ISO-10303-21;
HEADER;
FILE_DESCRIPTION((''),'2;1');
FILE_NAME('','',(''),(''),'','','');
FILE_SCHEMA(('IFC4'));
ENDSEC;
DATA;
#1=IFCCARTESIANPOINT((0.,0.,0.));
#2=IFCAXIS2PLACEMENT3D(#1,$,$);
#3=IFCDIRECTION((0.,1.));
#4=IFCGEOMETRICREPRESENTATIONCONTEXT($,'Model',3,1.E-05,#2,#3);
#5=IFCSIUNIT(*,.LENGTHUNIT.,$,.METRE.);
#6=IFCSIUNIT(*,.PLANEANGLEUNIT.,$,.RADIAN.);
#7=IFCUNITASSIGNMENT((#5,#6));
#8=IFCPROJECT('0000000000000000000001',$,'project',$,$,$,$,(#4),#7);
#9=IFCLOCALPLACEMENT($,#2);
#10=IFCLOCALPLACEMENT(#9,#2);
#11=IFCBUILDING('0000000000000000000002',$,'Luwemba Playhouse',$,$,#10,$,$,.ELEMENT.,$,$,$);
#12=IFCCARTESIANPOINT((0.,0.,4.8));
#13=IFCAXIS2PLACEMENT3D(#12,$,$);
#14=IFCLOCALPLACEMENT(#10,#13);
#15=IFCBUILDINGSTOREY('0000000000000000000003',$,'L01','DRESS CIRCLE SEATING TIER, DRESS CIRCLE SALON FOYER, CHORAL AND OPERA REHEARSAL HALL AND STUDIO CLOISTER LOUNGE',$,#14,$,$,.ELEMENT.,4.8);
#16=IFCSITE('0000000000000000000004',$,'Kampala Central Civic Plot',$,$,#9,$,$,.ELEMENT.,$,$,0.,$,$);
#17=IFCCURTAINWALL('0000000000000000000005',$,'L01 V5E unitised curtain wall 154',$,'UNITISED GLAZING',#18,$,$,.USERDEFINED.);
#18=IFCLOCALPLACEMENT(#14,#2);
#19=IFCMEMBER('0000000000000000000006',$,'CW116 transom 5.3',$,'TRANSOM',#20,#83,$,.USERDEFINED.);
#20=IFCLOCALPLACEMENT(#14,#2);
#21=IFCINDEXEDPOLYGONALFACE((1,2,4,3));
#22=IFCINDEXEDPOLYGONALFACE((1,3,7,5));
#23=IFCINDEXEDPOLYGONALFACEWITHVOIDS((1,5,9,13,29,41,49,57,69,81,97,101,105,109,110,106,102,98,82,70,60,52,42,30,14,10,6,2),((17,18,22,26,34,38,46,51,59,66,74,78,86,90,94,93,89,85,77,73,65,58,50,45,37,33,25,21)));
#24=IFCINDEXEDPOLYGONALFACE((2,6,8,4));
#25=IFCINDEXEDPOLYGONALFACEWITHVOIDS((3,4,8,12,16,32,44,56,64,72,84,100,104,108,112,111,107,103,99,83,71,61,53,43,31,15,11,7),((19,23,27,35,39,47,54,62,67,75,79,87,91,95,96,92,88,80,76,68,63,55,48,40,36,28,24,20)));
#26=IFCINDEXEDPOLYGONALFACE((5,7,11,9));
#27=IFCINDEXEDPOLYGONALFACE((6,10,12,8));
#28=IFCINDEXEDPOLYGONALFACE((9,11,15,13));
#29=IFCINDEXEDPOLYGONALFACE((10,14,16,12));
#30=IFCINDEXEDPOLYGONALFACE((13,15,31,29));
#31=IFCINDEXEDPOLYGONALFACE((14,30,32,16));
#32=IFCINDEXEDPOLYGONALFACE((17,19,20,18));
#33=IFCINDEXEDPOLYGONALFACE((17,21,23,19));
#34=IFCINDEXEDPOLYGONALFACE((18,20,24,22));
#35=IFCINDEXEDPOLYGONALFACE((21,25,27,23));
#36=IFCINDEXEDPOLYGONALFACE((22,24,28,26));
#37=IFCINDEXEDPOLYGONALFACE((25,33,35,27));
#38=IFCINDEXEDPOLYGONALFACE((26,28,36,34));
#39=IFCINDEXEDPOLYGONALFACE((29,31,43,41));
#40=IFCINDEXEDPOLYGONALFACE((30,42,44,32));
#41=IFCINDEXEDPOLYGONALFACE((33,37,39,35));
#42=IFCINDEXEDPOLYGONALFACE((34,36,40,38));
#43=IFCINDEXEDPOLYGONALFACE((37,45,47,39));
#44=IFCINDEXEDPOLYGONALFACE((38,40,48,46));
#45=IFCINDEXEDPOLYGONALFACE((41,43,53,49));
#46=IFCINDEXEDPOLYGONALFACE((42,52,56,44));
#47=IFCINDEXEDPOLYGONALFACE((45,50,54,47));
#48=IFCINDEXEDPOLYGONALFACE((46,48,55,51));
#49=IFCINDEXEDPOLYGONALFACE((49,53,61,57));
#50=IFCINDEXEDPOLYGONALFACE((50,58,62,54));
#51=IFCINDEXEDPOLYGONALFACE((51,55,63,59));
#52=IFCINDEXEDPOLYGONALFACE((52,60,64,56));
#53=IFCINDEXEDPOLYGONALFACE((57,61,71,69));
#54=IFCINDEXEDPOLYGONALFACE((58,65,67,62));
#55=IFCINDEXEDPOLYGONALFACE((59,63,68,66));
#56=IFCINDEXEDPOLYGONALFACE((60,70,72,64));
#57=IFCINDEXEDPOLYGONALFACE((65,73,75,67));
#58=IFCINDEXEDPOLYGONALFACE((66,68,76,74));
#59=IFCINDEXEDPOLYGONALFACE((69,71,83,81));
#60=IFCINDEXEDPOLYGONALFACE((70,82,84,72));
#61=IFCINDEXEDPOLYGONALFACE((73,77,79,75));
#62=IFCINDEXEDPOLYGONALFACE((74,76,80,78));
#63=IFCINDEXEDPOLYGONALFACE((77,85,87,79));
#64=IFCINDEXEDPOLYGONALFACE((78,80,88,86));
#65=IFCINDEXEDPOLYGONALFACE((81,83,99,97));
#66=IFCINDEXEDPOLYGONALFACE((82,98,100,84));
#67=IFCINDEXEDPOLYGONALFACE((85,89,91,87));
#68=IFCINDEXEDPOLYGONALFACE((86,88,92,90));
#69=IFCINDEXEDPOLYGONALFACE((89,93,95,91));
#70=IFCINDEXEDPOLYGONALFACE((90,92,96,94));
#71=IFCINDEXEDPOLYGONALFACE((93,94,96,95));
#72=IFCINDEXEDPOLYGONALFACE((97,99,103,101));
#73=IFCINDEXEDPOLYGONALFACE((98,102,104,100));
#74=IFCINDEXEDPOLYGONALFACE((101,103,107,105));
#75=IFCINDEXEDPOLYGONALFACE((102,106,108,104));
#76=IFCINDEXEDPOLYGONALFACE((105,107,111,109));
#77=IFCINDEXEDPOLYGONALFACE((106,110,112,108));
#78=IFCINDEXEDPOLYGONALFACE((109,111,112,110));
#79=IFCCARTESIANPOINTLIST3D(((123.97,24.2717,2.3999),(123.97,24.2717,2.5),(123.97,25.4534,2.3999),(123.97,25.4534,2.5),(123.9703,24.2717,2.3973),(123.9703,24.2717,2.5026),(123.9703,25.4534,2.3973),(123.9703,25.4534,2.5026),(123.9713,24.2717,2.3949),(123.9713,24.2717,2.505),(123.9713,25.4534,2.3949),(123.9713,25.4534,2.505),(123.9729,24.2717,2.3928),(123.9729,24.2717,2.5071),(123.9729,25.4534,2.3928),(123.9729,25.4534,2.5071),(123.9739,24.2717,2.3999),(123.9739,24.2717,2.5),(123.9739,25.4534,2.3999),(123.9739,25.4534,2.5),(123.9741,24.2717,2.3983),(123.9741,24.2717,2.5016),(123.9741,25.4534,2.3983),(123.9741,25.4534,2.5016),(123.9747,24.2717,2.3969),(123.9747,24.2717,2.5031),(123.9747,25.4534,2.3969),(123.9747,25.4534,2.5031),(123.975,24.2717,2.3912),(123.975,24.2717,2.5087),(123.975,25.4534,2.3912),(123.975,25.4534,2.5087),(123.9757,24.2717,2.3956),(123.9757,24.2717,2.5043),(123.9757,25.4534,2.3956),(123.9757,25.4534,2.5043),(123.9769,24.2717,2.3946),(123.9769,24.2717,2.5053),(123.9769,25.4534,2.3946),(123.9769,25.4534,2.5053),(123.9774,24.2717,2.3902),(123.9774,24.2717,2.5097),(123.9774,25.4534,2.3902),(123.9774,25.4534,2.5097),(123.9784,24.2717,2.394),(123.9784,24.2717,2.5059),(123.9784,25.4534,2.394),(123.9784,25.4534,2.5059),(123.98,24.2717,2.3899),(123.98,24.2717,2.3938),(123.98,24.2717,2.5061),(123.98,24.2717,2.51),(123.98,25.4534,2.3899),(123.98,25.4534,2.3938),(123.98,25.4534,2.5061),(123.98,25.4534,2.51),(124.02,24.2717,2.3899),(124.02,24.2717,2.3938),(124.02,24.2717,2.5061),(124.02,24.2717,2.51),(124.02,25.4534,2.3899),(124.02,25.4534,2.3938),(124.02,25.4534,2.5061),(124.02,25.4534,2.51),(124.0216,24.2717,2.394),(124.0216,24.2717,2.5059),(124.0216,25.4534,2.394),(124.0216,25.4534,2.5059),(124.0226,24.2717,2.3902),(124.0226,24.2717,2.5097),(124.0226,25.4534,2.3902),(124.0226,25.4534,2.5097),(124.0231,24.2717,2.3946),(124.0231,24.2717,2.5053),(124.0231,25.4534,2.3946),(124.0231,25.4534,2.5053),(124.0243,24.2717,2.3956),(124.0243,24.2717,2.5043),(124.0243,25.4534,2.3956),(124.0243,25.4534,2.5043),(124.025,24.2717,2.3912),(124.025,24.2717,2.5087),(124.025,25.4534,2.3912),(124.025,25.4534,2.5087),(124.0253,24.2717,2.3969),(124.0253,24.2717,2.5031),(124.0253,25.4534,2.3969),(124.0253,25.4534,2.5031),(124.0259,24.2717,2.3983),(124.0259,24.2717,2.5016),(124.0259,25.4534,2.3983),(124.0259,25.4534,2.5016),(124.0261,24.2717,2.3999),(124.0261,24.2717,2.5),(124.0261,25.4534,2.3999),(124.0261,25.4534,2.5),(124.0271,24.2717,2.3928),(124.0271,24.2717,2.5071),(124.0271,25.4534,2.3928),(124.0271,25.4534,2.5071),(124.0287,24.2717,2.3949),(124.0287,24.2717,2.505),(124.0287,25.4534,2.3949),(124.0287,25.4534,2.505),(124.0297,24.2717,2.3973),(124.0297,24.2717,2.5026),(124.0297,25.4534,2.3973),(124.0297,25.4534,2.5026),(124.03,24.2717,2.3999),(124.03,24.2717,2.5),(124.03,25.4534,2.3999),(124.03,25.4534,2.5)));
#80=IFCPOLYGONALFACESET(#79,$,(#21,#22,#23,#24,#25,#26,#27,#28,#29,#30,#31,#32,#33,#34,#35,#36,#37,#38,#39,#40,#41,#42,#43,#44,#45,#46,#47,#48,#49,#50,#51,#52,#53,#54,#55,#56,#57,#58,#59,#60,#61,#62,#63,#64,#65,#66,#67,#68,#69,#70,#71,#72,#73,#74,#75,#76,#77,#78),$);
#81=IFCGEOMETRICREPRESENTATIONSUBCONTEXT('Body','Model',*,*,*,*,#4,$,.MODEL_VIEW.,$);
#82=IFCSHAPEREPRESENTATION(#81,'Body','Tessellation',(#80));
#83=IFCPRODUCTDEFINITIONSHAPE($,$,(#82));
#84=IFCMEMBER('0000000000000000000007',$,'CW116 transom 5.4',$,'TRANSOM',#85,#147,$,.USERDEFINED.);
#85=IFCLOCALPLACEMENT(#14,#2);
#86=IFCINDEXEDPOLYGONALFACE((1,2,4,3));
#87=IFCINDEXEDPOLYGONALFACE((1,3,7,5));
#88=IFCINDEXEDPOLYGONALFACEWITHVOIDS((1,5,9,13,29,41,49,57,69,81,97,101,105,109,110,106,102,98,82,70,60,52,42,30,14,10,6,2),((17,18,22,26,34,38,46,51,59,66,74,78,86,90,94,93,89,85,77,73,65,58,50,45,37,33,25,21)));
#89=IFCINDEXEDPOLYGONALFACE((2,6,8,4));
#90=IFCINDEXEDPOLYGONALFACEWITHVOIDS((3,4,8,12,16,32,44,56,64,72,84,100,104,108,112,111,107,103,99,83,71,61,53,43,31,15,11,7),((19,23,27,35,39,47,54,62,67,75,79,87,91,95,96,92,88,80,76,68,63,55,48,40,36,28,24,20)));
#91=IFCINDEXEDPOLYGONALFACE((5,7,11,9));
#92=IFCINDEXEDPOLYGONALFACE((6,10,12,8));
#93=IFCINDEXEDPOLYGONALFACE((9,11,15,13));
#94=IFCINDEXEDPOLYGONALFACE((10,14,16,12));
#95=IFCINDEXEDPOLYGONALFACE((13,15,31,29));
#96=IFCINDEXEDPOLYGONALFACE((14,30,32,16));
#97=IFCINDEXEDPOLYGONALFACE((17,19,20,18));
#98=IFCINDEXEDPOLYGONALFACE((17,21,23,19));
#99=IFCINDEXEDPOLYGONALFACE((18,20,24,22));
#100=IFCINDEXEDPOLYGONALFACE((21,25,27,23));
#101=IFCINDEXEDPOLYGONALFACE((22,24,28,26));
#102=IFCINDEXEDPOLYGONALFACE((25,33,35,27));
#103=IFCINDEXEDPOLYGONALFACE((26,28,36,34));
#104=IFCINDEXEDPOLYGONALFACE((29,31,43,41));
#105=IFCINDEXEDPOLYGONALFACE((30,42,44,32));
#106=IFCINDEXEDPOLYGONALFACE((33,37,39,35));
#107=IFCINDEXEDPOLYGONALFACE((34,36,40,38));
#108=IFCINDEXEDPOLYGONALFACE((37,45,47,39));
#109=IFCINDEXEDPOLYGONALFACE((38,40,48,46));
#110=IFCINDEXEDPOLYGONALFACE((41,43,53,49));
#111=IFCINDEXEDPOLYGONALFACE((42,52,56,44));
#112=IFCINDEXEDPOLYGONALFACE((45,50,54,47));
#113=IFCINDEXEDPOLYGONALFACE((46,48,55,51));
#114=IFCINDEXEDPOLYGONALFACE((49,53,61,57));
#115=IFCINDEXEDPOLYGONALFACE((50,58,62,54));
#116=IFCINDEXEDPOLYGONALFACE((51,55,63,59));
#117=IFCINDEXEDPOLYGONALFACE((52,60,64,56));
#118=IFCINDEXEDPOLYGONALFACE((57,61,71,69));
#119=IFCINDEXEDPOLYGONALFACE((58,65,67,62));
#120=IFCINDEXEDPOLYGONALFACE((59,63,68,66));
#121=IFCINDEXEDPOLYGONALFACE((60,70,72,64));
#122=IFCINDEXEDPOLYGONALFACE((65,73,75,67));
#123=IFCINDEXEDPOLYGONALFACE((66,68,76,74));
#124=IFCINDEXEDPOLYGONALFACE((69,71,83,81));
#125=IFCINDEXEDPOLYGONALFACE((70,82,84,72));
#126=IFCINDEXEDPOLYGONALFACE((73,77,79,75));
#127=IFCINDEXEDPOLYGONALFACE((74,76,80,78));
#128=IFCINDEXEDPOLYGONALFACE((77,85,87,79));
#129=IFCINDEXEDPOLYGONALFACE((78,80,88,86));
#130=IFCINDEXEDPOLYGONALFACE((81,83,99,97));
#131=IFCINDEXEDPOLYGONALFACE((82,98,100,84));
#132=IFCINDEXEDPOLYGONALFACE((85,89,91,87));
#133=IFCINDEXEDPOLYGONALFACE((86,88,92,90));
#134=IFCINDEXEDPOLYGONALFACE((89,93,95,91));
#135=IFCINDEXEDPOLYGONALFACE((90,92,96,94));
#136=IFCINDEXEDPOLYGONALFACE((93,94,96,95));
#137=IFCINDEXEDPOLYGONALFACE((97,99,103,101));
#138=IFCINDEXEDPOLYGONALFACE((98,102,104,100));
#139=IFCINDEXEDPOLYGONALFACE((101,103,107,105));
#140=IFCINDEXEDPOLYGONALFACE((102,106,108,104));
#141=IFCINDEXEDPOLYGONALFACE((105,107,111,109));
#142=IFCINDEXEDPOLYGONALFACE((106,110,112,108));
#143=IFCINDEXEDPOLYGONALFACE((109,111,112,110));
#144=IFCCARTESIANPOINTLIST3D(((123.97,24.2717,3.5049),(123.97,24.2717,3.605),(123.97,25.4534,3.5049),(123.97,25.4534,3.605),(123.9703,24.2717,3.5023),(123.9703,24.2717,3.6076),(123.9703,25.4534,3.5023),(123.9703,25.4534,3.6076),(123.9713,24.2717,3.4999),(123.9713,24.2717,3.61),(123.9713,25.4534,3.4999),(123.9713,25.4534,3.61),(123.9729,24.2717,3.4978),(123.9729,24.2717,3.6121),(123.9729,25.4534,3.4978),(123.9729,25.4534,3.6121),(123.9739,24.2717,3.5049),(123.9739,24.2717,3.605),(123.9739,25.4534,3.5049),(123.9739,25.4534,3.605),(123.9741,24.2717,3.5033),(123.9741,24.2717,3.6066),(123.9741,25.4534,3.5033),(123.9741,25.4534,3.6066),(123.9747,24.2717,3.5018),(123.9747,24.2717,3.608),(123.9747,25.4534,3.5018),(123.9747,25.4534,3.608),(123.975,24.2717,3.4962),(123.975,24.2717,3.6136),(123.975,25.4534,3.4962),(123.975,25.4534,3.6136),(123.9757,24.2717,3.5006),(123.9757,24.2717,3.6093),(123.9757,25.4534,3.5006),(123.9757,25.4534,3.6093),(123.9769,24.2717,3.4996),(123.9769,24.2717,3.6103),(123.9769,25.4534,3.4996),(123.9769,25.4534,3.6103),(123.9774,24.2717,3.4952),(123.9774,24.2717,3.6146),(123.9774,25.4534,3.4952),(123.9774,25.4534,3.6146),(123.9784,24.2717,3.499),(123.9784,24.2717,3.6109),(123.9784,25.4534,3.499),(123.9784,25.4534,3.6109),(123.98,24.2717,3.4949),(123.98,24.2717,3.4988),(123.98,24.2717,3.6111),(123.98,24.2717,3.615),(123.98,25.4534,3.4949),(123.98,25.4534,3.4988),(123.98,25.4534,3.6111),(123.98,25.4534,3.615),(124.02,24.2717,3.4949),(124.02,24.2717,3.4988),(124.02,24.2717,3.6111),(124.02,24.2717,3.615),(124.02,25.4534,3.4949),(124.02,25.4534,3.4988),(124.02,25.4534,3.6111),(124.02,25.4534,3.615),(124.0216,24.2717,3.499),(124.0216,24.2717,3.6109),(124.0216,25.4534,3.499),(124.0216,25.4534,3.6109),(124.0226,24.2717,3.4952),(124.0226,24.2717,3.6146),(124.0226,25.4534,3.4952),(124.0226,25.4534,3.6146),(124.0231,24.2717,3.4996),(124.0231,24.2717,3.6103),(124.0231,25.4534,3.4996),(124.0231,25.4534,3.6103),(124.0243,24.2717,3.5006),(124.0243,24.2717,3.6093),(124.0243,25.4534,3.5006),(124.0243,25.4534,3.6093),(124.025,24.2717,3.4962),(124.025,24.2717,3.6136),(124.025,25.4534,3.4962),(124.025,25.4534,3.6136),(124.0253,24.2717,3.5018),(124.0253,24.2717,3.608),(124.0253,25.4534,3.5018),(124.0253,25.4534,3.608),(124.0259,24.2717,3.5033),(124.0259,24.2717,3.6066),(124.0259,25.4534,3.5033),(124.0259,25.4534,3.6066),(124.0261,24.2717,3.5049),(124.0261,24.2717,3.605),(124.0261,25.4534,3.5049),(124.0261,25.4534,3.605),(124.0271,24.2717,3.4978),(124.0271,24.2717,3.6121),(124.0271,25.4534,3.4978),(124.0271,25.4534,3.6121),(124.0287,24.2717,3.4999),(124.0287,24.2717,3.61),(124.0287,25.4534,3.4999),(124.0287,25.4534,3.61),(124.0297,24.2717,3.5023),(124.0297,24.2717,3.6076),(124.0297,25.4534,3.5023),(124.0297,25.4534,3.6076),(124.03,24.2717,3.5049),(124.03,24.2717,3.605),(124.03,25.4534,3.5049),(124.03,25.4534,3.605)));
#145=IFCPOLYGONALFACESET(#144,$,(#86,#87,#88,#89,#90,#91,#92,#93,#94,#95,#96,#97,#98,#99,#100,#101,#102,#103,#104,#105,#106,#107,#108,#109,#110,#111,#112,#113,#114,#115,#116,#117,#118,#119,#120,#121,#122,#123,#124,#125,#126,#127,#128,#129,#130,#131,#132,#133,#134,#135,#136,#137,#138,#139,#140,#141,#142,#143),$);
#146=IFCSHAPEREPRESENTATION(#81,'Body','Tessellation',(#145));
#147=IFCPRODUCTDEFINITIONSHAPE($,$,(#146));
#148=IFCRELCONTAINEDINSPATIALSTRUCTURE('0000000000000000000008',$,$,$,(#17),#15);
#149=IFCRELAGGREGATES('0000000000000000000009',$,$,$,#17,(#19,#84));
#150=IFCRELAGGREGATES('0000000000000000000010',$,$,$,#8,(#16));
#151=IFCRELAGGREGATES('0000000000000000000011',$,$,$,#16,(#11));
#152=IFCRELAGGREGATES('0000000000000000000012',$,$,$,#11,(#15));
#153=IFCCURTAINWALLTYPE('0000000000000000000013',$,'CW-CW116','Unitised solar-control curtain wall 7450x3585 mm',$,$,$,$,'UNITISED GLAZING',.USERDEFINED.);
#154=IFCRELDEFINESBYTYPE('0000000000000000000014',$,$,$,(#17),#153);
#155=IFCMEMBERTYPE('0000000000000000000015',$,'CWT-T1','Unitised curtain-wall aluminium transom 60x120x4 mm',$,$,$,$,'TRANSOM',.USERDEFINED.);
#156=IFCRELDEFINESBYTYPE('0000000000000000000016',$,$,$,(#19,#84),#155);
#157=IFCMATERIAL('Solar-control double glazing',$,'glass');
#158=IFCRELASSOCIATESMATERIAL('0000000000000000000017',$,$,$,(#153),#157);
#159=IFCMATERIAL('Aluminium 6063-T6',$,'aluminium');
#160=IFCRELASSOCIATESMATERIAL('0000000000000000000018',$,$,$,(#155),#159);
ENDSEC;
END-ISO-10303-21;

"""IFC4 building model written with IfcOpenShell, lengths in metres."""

from ifc_helpers import new_model, si_unit, direction, frame, origin, origin_2d, place, context, subcontext, project, spatial, hollow_rectangle, extrude, material, material_profile, profile_set, type_object, element, aggregate, save


model = new_model("IFC4")

# Units and contexts
model_context = context("Model", 3, precision=1e-05, world=origin(), true_north=direction((0.0, 1.0)))
body_context = subcontext(model_context, "Body", "Model", "MODEL_VIEW")
ifc_project = project(units=[si_unit("LENGTHUNIT", "METRE"), si_unit("PLANEANGLEUNIT", "RADIAN")], contexts=[model_context])

# Site, building, storey
site_placement = place(None, origin())
site = spatial("IfcSite", under=ifc_project, at=site_placement, Name="Kampala Central Civic Plot", CompositionType="ELEMENT", RefElevation=0.0)
building_placement = place(site_placement, origin())
building = spatial("IfcBuilding", under=site, at=building_placement, Name="Luwemba Playhouse", CompositionType="ELEMENT")
storey_placement = place(building_placement, frame((0.0, 0.0, 4.8)))
storey = spatial("IfcBuildingStorey", under=building, at=storey_placement, Name="L01", Description="DRESS CIRCLE SEATING TIER, DRESS CIRCLE SALON FOYER, CHORAL AND OPERA REHEARSAL HALL AND STUDIO CLOISTER LOUNGE", CompositionType="ELEMENT", Elevation=4.8)

# Curtain wall
ifc_material_1 = material(Name="Solar-control double glazing", Category="glass")
curtain_wall_type_1 = type_object("IfcCurtainWallType", Name="CW-CW116", Description="Unitised solar-control curtain wall 7450x3585 mm", ElementType="UNITISED GLAZING", PredefinedType="USERDEFINED", material=ifc_material_1)
curtain_wall_1_placement = place(storey_placement, origin())
curtain_wall_1 = element("IfcCurtainWall", 1, at=curtain_wall_1_placement, inside=storey, type_object=curtain_wall_type_1, Name="L01 V5E unitised curtain wall 154", ObjectType="UNITISED GLAZING", PredefinedType="USERDEFINED")
ifc_material_2 = material(Name="Aluminium 6063-T6", Category="aluminium")

# Members
ifc_material_profile_1 = material_profile(ifc_material_2, hollow_rectangle(XDim=0.0601, YDim=0.1201, WallThickness=0.0039, InnerFilletRadius=0.0061, OuterFilletRadius=0.01, at=origin_2d()))
ifc_profile_set_1 = profile_set([ifc_material_profile_1], Name="Aluminium 6063-T6")
member_type_1 = type_object("IfcMemberType", Name="CWT-T1", Description="Unitised curtain-wall aluminium transom 60x120x4 mm", ElementType="TRANSOM", PredefinedType="USERDEFINED", material=ifc_profile_set_1)
member_1_placement = place(storey_placement, frame((124.0, 24.2717, 2.45), z_axis=(0.0, 1.0, 0.0), x_axis=(-1.0, 0.0, 0.0)))
member_1 = element("IfcMember", 2, at=member_1_placement, type_object=member_type_1, Name="CW116 transom 5.3", ObjectType="TRANSOM", PredefinedType="USERDEFINED", context=body_context, shape_type="SweptSolid", body=[
    extrude(hollow_rectangle(XDim=0.0601, YDim=0.1201, WallThickness=0.0039, InnerFilletRadius=0.0061, OuterFilletRadius=0.01, at=origin_2d()), origin(), (0.0, 0.0, 1.0), 1.1816),
])
member_2_placement = place(storey_placement, frame((124.0, 24.2717, 3.5549), z_axis=(0.0, 1.0, 0.0), x_axis=(-1.0, 0.0, 0.0)))
member_2 = element("IfcMember", 3, at=member_2_placement, type_object=member_type_1, Name="CW116 transom 5.4", ObjectType="TRANSOM", PredefinedType="USERDEFINED", context=body_context, shape_type="SweptSolid", body=[
    extrude(hollow_rectangle(XDim=0.0601, YDim=0.1201, WallThickness=0.0039, InnerFilletRadius=0.0061, OuterFilletRadius=0.01, at=origin_2d()), origin(), (0.0, 0.0, 1.0), 1.1816),
])

aggregate(curtain_wall_1, [member_1, member_2])

save(model, "model.ifc")
